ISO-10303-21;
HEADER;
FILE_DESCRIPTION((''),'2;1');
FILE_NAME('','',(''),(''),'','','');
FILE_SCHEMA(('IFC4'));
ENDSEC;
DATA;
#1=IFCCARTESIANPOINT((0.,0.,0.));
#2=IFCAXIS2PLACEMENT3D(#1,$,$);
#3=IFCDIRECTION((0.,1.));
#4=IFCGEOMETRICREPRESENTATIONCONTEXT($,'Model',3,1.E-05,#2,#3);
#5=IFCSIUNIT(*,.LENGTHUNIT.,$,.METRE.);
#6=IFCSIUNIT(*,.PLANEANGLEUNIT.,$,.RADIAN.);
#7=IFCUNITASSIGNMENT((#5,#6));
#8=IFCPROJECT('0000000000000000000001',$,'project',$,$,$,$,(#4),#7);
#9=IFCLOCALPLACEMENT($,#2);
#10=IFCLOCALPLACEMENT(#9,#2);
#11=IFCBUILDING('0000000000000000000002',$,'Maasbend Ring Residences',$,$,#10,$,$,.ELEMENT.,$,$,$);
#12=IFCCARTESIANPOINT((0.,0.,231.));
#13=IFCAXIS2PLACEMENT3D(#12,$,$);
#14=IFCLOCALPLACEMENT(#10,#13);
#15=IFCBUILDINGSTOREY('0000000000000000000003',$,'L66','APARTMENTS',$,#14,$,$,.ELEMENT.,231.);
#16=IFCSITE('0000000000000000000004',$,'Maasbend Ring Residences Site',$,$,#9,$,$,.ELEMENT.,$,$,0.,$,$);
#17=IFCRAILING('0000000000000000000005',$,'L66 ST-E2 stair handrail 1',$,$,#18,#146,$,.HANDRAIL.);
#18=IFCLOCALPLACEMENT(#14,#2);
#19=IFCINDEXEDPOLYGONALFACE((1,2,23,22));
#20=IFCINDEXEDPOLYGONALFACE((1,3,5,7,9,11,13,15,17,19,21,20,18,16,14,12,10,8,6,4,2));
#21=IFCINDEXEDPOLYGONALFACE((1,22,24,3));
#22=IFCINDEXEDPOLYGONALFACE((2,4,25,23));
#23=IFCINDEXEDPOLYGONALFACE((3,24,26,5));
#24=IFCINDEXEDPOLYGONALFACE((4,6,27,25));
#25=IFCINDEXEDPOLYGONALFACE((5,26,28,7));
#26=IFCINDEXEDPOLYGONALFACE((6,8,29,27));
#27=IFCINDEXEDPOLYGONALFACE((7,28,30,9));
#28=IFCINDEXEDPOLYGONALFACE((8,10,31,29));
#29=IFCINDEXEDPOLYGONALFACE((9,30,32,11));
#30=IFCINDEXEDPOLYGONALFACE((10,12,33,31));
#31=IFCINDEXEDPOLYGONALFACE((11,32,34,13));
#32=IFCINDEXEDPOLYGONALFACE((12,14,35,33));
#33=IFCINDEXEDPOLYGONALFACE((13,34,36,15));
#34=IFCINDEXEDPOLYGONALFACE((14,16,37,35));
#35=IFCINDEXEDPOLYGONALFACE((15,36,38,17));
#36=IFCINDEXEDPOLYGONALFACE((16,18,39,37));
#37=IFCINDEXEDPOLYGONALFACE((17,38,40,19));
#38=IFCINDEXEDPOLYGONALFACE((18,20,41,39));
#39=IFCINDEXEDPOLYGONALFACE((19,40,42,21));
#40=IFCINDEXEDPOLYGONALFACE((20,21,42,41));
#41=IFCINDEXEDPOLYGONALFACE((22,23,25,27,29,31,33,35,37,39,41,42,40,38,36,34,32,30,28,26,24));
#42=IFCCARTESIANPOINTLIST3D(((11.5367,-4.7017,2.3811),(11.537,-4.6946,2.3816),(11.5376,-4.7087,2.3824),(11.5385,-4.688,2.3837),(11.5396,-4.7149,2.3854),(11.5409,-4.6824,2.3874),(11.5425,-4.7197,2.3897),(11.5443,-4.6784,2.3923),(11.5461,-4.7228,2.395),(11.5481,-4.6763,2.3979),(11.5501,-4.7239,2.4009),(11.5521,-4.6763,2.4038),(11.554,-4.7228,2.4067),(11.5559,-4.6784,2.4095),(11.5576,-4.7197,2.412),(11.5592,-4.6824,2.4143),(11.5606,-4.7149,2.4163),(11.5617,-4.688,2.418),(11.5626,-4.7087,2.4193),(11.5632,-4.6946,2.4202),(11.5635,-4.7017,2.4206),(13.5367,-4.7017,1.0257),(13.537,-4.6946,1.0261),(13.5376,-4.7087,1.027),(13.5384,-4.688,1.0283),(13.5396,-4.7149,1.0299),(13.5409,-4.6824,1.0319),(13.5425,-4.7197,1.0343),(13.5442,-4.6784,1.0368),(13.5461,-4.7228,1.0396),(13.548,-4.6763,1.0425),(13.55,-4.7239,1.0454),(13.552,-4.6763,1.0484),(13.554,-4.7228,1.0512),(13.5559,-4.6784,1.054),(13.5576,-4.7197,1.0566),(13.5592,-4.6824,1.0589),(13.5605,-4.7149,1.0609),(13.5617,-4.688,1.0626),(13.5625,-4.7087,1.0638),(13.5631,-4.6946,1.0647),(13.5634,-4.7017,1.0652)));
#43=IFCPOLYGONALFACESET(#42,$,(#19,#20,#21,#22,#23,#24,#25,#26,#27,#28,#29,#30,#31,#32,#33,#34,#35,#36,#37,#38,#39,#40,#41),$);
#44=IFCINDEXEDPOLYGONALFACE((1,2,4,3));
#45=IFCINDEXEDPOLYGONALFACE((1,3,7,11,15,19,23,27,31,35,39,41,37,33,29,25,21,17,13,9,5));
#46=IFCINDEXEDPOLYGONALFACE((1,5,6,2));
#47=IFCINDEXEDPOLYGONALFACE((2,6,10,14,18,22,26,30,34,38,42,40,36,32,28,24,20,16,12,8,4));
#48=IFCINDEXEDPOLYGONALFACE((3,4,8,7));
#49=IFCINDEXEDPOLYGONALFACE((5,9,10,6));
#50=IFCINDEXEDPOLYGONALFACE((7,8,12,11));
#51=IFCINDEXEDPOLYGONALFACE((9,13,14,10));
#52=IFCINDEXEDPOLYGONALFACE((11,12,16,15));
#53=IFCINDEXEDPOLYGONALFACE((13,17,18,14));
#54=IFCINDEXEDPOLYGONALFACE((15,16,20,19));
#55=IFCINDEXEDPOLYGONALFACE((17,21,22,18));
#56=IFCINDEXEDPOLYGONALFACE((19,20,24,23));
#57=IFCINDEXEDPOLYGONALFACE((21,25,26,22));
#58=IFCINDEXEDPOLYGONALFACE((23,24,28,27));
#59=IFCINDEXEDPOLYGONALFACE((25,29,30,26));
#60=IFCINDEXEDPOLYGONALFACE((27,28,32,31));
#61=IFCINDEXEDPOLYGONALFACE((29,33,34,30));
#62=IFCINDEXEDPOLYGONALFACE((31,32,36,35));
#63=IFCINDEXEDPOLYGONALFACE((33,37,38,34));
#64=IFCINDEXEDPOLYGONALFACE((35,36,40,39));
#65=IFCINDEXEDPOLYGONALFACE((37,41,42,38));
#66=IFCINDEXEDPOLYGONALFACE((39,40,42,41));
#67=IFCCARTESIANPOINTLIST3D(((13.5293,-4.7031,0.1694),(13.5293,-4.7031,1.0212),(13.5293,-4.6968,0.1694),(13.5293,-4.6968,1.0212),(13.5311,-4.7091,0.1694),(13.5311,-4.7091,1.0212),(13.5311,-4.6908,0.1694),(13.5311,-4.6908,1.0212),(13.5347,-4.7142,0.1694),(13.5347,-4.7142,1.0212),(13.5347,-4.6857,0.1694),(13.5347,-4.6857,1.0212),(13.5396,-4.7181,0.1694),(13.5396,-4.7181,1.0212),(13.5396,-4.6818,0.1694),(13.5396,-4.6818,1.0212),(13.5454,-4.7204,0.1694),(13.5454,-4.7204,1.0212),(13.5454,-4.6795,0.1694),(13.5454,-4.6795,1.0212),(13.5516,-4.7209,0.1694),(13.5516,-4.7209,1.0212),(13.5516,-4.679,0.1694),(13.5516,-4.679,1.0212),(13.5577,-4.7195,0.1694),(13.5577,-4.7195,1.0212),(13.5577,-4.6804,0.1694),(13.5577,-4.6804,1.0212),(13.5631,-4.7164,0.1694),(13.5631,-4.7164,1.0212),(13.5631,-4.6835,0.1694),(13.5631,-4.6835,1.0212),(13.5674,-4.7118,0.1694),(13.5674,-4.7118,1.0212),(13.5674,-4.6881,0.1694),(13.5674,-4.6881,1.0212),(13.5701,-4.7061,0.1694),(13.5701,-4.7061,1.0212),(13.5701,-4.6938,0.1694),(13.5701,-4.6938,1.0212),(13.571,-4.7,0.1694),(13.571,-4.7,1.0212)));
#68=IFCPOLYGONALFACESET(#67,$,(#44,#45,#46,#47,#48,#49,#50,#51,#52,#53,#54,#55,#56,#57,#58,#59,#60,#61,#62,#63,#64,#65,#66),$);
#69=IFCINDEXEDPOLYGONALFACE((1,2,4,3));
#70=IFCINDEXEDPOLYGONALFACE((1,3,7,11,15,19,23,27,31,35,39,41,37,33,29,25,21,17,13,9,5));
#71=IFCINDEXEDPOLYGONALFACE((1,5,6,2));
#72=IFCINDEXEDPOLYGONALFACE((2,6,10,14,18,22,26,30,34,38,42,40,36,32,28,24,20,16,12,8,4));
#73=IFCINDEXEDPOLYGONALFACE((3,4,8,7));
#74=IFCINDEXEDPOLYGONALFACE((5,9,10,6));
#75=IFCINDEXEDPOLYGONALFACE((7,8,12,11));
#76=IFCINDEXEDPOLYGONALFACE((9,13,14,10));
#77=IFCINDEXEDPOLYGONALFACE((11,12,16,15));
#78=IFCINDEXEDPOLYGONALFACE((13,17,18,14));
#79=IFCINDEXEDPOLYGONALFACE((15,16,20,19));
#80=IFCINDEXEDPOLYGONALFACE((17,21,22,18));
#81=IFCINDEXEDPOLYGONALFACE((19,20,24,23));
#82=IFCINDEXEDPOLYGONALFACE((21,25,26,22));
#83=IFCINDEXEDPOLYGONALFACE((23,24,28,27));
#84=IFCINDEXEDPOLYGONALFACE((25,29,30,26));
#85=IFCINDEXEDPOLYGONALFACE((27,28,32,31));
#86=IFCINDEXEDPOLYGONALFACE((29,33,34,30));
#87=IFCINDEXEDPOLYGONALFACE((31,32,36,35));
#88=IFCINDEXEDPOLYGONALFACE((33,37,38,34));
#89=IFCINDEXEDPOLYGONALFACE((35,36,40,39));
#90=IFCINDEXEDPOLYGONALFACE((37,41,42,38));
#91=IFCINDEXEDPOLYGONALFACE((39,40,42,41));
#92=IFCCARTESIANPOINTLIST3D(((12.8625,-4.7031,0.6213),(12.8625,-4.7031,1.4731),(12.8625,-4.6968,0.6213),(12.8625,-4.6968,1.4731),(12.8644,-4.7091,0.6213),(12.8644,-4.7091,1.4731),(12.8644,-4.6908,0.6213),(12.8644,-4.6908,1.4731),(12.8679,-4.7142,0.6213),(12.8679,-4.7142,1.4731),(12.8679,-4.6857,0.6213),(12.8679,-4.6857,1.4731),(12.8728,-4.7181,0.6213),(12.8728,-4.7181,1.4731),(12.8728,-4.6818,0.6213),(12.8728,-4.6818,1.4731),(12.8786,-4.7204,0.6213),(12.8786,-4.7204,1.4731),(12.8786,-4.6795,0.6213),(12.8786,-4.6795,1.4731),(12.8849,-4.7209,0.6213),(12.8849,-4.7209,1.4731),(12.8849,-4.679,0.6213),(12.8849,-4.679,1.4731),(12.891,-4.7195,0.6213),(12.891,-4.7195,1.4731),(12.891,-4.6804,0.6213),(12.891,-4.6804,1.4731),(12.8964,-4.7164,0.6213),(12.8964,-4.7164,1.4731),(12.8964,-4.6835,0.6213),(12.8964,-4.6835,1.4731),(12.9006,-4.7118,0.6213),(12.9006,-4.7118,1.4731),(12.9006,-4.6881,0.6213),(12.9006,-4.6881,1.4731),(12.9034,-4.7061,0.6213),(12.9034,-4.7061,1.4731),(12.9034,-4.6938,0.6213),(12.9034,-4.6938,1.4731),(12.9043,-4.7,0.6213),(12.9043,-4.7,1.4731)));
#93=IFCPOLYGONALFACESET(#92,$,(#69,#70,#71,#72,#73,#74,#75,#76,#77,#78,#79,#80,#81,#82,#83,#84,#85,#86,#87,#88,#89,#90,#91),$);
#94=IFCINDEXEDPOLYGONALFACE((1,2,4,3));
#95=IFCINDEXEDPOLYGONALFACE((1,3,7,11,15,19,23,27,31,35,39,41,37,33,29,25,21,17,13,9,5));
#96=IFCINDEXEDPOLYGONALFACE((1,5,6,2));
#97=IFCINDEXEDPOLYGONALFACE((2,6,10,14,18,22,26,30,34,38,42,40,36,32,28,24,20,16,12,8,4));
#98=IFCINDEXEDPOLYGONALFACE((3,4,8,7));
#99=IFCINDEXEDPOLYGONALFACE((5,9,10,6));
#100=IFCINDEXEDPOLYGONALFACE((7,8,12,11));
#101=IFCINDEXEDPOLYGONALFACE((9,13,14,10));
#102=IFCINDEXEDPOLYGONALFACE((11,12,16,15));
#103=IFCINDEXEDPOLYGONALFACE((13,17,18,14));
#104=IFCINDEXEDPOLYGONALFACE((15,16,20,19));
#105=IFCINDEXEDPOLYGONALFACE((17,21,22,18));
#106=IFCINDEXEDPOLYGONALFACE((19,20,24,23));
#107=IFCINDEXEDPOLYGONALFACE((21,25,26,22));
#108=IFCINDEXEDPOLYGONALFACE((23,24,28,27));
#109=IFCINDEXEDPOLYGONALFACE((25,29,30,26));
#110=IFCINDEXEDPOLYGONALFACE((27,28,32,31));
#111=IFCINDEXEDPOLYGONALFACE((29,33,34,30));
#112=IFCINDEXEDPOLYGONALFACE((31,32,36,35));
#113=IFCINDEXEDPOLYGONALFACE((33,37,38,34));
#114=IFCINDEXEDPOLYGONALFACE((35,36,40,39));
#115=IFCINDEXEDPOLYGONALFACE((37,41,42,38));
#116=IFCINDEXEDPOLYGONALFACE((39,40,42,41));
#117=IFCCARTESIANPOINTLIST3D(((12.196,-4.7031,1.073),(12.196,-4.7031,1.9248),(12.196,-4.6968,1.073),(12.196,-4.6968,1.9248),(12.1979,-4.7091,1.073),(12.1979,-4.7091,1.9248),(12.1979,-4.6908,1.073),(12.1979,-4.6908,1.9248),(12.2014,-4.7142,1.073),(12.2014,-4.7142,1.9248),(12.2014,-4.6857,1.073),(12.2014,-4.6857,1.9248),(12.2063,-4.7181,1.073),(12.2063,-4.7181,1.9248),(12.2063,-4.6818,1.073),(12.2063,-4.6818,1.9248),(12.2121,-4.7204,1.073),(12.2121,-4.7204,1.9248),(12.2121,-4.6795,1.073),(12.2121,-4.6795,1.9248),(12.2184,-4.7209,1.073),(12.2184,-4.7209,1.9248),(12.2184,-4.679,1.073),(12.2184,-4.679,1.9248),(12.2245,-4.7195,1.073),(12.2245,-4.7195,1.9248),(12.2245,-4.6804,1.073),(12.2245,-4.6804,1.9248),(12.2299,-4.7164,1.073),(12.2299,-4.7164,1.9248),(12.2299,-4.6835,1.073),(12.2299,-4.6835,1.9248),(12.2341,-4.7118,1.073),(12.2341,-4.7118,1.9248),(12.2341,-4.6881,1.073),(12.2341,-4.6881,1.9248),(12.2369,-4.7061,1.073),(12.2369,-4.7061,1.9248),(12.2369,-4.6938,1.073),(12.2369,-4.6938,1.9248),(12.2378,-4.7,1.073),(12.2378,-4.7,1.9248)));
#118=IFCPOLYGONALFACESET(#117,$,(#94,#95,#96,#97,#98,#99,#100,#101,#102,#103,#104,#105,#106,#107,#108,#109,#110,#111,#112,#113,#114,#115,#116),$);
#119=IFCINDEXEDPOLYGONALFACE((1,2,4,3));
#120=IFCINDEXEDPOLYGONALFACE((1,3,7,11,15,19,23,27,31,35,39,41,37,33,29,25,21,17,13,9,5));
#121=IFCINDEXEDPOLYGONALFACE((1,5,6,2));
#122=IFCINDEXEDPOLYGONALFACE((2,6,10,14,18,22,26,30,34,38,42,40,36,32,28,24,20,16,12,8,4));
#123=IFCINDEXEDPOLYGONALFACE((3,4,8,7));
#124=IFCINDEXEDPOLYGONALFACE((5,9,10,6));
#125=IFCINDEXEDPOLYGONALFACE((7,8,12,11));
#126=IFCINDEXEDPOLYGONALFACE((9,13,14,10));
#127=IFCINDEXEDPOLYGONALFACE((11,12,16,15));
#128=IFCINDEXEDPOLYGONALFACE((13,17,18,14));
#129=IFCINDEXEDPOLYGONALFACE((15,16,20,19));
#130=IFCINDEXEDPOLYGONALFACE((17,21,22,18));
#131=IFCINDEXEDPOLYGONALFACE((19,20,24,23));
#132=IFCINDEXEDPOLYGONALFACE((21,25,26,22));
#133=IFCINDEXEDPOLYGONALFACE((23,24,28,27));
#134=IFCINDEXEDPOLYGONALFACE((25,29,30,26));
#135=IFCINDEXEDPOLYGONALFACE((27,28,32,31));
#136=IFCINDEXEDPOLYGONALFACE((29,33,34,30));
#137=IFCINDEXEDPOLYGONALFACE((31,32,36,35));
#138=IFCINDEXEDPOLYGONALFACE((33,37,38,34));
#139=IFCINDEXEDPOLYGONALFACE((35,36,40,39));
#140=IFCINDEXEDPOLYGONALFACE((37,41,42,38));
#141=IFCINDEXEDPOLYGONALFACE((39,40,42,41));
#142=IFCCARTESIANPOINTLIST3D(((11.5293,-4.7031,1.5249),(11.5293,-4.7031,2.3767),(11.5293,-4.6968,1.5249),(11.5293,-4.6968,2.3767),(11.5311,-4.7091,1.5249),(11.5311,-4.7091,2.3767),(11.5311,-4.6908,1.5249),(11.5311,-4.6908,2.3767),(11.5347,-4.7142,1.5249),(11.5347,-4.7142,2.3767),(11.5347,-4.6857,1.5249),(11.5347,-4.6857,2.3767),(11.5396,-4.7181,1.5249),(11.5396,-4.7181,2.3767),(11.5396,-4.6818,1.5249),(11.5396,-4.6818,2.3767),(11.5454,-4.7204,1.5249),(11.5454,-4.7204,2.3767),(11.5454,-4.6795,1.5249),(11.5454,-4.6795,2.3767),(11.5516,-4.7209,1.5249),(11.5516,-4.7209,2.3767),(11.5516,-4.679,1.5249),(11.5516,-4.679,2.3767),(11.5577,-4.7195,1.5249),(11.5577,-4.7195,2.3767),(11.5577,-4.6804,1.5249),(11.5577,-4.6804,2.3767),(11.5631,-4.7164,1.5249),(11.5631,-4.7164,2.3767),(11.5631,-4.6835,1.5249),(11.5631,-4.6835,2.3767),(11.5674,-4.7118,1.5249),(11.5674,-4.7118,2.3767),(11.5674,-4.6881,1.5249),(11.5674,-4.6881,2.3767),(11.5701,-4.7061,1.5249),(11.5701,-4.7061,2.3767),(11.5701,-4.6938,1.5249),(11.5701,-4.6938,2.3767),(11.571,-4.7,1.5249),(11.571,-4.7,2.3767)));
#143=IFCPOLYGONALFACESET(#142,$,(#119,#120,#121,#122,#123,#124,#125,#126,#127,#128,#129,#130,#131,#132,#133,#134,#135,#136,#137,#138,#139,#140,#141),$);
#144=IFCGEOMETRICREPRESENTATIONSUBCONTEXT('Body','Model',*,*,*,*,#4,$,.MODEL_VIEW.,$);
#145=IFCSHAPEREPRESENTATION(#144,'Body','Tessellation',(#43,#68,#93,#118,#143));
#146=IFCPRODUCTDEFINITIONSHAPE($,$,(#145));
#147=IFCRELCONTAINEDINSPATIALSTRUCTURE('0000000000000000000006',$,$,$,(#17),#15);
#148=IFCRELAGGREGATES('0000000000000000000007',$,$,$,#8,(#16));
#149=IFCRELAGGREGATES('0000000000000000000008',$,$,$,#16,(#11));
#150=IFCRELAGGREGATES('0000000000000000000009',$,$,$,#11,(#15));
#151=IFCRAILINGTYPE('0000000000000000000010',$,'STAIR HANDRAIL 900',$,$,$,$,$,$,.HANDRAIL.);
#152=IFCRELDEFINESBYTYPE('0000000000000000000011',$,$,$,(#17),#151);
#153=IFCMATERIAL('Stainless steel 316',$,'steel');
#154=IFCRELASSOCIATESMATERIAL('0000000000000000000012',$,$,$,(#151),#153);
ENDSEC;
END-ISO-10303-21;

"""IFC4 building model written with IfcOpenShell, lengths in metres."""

from ifc_helpers import new_model, si_unit, direction, frame, origin, origin_2d, place, context, subcontext, project, spatial, circle, extrude, material, type_object, element, save


model = new_model("IFC4")

# Units and contexts
model_context = context("Model", 3, precision=1e-05, world=origin(), true_north=direction((0.0, 1.0)))
body_context = subcontext(model_context, "Body", "Model", "MODEL_VIEW")
ifc_project = project(units=[si_unit("LENGTHUNIT", "METRE"), si_unit("PLANEANGLEUNIT", "RADIAN")], contexts=[model_context])

# Site, building, storey
site_placement = place(None, origin())
site = spatial("IfcSite", under=ifc_project, at=site_placement, Name="Maasbend Ring Residences Site", CompositionType="ELEMENT", RefElevation=0.0)
building_placement = place(site_placement, origin())
building = spatial("IfcBuilding", under=site, at=building_placement, Name="Maasbend Ring Residences", CompositionType="ELEMENT")
storey_placement = place(building_placement, frame((0.0, 0.0, 231.0)))
storey = spatial("IfcBuildingStorey", under=building, at=storey_placement, Name="L66", Description="APARTMENTS", CompositionType="ELEMENT", Elevation=231.0)

# Railing
ifc_material_1 = material(Name="Stainless steel 316", Category="steel")
railing_type_1 = type_object("IfcRailingType", Name="STAIR HANDRAIL 900", PredefinedType="HANDRAIL", material=ifc_material_1)
railing_1_placement = place(storey_placement, frame((13.55, -4.7, 0.1694)))
element("IfcRailing", 1, at=railing_1_placement, inside=storey, type_object=railing_type_1, Name="L66 ST-E2 stair handrail 1", PredefinedType="HANDRAIL", context=body_context, shape_type="SweptSolid", body=[
    extrude(circle(Radius=0.0239, at=origin_2d()), frame((0.0, 0.0, 0.876), z_axis=(-0.827798, 0.0, 0.561027), x_axis=(0.0, -1.0, 0.0)), (0.0, 0.0, 1.0), 2.416),
    extrude(circle(Radius=0.021, at=origin_2d()), origin(), (0.0, 0.0, 1.0), 0.8518),
    extrude(circle(Radius=0.021, at=origin_2d()), frame((-0.6667, 0.0, 0.4519)), (0.0, 0.0, 1.0), 0.8518),
    extrude(circle(Radius=0.021, at=origin_2d()), frame((-1.3333, 0.0, 0.9036)), (0.0, 0.0, 1.0), 0.8518),
    extrude(circle(Radius=0.021, at=origin_2d()), frame((-2.0, 0.0, 1.3555)), (0.0, 0.0, 1.0), 0.8518),
])

save(model, "model.ifc")
